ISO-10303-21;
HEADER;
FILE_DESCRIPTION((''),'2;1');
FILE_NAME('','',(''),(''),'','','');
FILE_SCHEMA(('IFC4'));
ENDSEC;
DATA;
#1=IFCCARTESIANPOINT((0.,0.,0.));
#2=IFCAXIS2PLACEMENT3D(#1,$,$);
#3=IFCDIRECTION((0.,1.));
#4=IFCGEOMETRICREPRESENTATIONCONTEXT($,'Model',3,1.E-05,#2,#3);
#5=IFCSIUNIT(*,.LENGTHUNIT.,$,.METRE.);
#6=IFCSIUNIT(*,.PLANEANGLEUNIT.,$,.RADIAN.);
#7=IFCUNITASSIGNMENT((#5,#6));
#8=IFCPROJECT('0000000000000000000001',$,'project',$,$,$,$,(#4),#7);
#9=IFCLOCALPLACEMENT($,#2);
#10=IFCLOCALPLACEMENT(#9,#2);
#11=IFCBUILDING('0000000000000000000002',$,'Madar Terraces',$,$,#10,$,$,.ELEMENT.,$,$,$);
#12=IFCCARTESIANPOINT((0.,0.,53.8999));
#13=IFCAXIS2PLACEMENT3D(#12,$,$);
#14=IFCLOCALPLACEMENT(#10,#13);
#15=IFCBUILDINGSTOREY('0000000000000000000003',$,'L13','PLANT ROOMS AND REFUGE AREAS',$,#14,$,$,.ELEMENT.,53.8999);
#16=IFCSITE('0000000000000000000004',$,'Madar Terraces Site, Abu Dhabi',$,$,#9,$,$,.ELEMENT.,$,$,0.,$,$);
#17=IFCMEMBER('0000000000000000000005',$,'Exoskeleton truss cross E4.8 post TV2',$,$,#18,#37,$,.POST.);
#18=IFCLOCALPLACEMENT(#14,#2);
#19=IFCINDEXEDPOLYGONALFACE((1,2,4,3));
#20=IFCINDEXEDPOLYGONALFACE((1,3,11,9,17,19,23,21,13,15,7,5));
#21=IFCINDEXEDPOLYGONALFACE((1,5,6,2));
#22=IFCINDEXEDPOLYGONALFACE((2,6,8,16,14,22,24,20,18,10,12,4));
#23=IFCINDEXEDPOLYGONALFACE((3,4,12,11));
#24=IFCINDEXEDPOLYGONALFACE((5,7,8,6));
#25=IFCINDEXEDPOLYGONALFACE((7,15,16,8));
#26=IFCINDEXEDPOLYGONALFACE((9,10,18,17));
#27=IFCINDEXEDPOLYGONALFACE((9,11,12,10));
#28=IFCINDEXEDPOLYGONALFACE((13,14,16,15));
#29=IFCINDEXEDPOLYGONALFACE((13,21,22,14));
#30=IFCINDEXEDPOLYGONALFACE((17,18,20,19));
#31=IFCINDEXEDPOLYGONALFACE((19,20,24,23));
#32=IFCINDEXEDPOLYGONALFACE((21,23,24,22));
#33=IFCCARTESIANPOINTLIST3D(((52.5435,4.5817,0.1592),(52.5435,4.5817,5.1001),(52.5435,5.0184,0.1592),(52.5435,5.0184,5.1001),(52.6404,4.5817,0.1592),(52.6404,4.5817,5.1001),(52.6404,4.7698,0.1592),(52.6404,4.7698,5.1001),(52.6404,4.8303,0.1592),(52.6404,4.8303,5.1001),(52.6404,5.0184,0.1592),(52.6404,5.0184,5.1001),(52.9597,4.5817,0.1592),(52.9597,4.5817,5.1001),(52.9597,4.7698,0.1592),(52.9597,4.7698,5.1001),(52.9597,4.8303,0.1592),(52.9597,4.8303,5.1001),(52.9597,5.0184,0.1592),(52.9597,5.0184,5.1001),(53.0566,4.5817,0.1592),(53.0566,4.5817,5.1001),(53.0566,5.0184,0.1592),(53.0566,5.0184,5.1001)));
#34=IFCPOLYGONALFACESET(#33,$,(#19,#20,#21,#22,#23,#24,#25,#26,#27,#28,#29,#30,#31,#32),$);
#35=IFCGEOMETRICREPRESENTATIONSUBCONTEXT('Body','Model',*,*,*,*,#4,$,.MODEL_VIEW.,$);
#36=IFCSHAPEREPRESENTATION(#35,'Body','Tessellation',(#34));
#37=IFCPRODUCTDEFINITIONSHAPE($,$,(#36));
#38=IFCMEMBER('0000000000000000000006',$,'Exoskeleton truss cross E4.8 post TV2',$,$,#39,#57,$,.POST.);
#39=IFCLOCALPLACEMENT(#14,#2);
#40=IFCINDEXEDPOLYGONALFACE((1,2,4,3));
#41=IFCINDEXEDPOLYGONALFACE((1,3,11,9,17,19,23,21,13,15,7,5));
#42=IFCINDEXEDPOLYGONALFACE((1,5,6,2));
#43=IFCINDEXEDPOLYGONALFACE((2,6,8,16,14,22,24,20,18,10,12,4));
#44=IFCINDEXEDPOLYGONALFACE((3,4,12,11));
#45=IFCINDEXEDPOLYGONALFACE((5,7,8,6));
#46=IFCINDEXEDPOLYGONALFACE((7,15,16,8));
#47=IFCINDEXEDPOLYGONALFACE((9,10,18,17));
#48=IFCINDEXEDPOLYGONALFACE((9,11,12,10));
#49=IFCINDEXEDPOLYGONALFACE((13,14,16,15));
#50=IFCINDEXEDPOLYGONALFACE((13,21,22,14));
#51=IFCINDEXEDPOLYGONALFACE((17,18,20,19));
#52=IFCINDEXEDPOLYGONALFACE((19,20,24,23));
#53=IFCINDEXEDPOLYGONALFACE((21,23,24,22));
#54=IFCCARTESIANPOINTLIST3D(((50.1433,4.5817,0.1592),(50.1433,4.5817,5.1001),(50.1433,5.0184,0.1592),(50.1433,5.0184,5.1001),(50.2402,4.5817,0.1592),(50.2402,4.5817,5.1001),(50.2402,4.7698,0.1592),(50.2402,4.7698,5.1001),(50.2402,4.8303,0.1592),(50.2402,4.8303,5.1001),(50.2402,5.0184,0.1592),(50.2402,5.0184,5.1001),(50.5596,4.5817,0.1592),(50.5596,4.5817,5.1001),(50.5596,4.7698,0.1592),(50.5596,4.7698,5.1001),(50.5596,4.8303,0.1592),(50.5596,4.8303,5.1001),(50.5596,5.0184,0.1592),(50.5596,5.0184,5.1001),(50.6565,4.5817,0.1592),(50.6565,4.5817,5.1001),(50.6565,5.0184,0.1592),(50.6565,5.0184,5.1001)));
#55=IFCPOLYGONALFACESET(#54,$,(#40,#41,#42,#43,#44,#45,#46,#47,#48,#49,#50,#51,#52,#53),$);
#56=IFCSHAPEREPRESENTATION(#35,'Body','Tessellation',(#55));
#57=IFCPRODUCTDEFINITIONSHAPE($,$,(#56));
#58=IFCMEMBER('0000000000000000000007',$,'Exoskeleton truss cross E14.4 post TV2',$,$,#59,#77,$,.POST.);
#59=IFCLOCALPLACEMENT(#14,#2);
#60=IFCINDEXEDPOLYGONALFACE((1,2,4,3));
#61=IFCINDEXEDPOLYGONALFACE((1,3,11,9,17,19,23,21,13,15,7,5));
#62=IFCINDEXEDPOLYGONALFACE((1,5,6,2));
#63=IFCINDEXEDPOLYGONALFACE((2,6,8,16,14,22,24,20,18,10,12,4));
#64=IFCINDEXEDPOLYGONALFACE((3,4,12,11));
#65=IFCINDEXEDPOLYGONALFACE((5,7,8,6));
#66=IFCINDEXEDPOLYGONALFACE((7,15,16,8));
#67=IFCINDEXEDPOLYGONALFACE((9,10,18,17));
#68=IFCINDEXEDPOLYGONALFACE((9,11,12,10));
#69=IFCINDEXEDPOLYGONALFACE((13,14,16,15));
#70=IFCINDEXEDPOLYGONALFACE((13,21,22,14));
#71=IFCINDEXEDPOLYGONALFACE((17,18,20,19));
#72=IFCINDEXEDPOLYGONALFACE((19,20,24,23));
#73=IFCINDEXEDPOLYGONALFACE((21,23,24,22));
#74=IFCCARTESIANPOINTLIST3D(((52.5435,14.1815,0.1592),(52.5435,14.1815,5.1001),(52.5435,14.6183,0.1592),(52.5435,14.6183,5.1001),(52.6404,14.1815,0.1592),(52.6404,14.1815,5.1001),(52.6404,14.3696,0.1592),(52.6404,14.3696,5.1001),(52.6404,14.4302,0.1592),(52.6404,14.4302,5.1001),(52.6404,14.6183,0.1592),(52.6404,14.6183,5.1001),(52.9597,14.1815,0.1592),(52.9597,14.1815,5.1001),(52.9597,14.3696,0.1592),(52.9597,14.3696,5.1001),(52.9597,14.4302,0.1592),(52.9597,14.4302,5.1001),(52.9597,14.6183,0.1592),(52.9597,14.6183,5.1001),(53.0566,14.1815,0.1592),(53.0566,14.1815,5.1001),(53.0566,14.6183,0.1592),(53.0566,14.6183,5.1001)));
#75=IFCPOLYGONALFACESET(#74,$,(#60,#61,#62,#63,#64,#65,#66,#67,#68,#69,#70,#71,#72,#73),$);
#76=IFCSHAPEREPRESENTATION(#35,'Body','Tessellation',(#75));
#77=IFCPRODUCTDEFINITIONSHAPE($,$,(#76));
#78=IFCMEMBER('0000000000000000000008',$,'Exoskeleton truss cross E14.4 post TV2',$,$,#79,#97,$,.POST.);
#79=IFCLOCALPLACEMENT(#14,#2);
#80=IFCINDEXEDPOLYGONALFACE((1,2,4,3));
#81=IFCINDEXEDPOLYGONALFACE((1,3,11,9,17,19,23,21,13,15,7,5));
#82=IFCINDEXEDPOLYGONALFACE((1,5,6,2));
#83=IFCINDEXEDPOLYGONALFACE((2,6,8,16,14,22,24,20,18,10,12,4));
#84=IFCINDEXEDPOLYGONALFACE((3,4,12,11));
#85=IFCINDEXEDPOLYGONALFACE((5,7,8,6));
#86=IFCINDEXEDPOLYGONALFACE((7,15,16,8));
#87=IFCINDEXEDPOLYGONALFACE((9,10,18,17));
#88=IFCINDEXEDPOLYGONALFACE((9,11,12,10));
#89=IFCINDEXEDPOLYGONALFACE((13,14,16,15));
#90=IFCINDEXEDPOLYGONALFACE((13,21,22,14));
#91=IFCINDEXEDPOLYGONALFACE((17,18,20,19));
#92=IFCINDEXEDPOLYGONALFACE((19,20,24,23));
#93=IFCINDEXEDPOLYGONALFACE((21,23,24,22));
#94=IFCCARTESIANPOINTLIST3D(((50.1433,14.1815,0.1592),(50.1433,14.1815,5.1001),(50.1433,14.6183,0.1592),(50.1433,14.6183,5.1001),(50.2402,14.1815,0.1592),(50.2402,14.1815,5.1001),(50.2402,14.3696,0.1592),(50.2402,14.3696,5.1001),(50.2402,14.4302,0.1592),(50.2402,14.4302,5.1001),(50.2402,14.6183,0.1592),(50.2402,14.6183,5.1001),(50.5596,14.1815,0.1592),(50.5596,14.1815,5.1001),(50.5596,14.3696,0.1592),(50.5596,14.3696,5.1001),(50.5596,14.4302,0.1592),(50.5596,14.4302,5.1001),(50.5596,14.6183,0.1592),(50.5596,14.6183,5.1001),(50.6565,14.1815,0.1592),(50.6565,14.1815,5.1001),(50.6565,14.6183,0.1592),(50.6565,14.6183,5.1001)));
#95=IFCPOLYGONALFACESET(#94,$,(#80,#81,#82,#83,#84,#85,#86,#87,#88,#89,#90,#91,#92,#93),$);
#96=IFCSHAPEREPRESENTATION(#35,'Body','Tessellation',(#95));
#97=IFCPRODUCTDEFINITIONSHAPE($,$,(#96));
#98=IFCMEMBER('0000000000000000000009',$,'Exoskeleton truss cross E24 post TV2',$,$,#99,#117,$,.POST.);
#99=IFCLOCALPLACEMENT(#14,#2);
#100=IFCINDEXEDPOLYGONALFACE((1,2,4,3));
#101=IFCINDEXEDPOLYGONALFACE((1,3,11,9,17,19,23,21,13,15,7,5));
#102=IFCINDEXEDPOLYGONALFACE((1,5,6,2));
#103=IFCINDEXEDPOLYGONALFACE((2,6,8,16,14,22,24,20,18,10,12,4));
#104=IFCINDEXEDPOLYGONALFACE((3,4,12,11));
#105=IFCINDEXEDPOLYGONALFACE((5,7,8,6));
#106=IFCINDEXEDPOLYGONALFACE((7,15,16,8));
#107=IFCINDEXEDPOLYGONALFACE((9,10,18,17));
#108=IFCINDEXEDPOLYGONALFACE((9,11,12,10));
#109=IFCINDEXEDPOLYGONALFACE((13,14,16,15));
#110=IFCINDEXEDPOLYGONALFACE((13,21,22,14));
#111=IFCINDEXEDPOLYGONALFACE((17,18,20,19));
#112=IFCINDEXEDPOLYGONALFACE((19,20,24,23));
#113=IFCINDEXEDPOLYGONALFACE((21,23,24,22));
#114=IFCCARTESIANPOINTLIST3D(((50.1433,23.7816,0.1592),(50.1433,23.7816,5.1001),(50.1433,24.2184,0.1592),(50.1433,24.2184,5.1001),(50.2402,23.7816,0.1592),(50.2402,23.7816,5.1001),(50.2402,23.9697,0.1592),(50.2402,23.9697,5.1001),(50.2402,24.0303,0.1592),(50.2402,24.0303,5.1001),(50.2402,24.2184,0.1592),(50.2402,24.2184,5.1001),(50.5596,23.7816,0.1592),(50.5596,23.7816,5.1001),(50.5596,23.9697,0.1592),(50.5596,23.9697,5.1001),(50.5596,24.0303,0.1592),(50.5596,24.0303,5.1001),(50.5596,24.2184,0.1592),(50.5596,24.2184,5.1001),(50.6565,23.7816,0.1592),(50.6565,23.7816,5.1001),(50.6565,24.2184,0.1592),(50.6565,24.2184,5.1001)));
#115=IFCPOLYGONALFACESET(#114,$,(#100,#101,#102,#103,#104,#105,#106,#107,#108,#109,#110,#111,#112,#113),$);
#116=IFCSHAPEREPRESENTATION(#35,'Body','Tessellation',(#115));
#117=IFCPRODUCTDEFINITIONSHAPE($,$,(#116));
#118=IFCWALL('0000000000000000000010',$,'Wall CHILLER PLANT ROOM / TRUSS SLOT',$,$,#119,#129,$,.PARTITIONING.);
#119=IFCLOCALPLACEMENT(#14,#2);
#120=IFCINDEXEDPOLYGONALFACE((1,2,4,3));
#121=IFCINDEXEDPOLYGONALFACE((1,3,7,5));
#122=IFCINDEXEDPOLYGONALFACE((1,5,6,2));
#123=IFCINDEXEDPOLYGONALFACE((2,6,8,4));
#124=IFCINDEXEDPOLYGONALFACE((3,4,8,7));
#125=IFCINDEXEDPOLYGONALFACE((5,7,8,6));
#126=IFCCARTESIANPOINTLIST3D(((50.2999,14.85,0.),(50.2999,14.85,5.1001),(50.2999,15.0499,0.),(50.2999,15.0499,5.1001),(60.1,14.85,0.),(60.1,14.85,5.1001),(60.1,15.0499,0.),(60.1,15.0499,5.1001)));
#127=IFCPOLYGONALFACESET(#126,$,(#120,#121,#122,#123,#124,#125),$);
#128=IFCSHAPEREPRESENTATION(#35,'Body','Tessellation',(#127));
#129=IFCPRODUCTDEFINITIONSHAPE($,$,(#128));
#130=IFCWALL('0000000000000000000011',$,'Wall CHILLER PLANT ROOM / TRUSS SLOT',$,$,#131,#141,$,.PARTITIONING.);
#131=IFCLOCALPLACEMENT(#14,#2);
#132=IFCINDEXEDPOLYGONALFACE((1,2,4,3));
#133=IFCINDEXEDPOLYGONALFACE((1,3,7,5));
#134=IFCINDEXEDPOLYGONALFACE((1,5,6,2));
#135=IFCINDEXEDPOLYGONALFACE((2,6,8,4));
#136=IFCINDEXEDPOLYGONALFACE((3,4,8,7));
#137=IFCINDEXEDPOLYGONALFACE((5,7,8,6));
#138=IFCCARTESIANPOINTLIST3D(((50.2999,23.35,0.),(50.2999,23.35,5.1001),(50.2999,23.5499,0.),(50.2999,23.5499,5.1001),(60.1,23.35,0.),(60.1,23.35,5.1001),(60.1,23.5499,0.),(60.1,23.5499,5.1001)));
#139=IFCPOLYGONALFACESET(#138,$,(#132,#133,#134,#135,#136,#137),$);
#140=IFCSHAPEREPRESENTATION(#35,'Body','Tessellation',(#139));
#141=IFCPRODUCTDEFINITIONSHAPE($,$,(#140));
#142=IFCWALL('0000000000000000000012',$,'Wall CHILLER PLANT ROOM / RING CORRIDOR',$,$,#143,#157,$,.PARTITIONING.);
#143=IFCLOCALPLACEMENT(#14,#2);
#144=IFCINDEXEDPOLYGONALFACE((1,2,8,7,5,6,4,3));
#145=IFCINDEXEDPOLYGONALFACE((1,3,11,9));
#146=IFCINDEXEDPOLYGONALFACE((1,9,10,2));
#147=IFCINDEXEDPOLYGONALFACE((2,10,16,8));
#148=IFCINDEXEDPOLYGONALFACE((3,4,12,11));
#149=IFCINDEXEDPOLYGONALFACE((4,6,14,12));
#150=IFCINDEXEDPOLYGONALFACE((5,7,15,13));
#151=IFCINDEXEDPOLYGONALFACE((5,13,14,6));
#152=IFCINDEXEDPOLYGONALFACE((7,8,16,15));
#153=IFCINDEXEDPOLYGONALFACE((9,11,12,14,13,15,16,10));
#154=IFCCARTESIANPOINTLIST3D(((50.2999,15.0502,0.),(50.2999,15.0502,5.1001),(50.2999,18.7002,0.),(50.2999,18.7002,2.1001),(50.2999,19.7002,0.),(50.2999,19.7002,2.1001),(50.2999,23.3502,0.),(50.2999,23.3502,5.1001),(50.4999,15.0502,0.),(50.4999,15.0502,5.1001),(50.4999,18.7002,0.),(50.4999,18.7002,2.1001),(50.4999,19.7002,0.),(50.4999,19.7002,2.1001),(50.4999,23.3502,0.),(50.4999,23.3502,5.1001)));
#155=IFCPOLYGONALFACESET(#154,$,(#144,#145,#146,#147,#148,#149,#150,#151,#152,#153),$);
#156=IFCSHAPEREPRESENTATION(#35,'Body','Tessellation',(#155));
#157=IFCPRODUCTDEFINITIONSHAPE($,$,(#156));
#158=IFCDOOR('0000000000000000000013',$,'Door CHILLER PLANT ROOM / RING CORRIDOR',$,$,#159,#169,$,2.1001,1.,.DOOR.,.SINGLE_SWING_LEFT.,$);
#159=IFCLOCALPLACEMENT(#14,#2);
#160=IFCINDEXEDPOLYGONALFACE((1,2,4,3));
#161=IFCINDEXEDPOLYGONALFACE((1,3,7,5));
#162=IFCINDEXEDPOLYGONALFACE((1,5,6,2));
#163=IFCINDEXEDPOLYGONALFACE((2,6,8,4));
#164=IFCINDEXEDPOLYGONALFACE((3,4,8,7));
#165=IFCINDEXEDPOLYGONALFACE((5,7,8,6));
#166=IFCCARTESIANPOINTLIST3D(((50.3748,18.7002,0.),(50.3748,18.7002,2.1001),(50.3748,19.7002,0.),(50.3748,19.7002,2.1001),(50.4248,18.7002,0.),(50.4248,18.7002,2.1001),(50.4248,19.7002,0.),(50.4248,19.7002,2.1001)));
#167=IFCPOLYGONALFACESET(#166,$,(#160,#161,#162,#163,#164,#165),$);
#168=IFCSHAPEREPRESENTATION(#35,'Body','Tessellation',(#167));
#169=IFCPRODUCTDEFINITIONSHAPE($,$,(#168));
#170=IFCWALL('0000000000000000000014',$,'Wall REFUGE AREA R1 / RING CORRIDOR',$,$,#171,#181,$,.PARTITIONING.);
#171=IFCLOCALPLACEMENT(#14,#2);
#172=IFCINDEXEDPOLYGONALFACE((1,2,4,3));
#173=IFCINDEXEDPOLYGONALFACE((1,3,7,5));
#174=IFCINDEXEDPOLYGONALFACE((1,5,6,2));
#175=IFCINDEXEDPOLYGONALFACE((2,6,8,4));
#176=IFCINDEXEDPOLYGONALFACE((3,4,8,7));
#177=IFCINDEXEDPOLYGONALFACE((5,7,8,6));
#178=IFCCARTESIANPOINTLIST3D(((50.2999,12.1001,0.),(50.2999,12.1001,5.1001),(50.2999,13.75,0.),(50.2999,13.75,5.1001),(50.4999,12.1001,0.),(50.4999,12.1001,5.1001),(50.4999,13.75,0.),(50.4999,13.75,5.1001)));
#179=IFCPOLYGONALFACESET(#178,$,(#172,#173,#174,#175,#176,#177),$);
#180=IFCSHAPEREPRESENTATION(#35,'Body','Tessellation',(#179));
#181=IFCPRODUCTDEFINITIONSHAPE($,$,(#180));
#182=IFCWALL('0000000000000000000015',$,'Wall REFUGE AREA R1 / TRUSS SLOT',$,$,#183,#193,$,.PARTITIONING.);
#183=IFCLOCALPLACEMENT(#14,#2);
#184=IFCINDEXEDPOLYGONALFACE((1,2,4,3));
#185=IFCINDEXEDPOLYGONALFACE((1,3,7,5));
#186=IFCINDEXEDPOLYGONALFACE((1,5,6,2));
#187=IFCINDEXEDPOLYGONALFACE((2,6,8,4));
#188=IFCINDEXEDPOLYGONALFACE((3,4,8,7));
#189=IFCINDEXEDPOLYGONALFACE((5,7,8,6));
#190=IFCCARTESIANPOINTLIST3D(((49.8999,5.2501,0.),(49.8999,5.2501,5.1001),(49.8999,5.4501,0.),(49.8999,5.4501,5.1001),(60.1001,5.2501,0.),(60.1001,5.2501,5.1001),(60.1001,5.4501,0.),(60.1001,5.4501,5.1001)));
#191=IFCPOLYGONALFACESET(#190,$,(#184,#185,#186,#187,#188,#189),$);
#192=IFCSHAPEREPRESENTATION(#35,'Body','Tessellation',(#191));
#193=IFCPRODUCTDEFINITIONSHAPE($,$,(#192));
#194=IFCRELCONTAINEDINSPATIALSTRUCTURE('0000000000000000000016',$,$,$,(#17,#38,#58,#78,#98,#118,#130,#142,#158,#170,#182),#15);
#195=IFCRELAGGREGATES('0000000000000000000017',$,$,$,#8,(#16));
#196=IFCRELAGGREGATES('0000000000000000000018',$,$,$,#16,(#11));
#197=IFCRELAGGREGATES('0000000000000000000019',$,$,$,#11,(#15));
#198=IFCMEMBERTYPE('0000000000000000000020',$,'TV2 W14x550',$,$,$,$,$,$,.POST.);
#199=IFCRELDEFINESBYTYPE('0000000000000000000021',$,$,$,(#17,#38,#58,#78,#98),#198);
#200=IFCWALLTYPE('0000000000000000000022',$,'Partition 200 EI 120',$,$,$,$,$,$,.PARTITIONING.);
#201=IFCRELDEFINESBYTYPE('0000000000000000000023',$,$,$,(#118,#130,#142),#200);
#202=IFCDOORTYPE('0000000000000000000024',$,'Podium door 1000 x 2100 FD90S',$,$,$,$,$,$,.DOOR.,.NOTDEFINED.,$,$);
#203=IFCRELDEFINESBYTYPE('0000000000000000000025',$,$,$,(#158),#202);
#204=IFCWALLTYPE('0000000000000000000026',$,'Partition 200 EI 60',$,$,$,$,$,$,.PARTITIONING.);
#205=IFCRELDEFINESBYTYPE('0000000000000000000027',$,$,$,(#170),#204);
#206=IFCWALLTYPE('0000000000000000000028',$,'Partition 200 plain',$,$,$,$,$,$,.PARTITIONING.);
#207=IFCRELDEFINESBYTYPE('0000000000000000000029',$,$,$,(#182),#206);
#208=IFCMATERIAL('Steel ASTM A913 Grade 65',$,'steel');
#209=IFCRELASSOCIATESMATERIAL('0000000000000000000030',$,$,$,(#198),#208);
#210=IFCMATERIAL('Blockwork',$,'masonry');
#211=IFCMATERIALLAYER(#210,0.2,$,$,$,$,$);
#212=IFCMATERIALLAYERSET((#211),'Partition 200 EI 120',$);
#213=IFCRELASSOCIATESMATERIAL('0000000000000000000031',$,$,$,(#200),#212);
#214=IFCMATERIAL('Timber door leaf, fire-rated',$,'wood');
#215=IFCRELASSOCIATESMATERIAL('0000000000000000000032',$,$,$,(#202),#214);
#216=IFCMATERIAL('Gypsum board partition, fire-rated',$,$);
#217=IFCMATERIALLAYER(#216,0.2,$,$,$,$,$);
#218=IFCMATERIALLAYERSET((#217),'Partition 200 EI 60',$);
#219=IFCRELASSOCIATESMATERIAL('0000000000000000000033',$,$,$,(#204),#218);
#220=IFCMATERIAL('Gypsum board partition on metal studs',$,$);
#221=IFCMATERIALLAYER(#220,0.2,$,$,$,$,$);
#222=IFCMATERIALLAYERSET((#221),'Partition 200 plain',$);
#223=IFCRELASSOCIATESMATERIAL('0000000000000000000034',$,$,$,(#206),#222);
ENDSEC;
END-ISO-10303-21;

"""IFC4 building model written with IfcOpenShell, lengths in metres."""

from ifc_helpers import new_model, si_unit, direction, frame, frame_2d, origin, origin_2d, place, context, subcontext, project, spatial, rectangle, i_section, extrude, material, layer, layer_set, material_profile, profile_set, type_object, element, fill, save


model = new_model("IFC4")

# Units and contexts
model_context = context("Model", 3, precision=1e-05, world=origin(), true_north=direction((0.0, 1.0)))
body_context = subcontext(model_context, "Body", "Model", "MODEL_VIEW")
ifc_project = project(units=[si_unit("LENGTHUNIT", "METRE"), si_unit("PLANEANGLEUNIT", "RADIAN")], contexts=[model_context])

# Site, building, storey
site_placement = place(None, origin())
site = spatial("IfcSite", under=ifc_project, at=site_placement, Name="Madar Terraces Site, Abu Dhabi", CompositionType="ELEMENT", RefElevation=0.0)
building_placement = place(site_placement, origin())
building = spatial("IfcBuilding", under=site, at=building_placement, Name="Madar Terraces", CompositionType="ELEMENT")
storey_placement = place(building_placement, frame((0.0, 0.0, 53.8999)))
storey = spatial("IfcBuildingStorey", under=building, at=storey_placement, Name="L13", Description="PLANT ROOMS AND REFUGE AREAS", CompositionType="ELEMENT", Elevation=53.8999)

# Members
ifc_material_1 = material(Name="Steel ASTM A913 Grade 65", Category="steel")
ifc_material_profile_1 = material_profile(ifc_material_1, i_section(OverallWidth=0.4368, OverallDepth=0.5132, WebThickness=0.0605, FlangeThickness=0.0969, at=origin_2d()), Name="W14x550")
ifc_profile_set_1 = profile_set([ifc_material_profile_1], Name="Steel ASTM A913 Grade 65")
member_type_1 = type_object("IfcMemberType", Name="TV2 W14x550", PredefinedType="POST", material=ifc_profile_set_1)
for number, where, z_axis, x_axis, name in (
    (1, (52.8, 4.8, 0.1592), (0.0, 0.0, 1.0), (0.0, 1.0, 0.0), "Exoskeleton truss cross E4.8 post TV2"),
    (2, (50.3999, 4.8, 0.1592), (0.0, 0.0, 1.0), (0.0, 1.0, 0.0), "Exoskeleton truss cross E4.8 post TV2"),
    (3, (52.8, 14.3999, 0.1592), (0.0, 0.0, 1.0), (0.0, 1.0, 0.0), "Exoskeleton truss cross E14.4 post TV2"),
    (4, (50.3999, 14.3999, 0.1592), (0.0, 0.0, 1.0), (0.0, 1.0, 0.0), "Exoskeleton truss cross E14.4 post TV2"),
    (5, (50.3999, 24.0, 0.1592), (0.0, 0.0, 1.0), (0.0, 1.0, 0.0), "Exoskeleton truss cross E24 post TV2"),
):
    element("IfcMember", number, at=place(storey_placement, frame(where, z_axis=z_axis, x_axis=x_axis)), inside=storey, type_object=member_type_1, Name=name, PredefinedType="POST", context=body_context, shape_type="SweptSolid", body=[
        extrude(i_section(OverallWidth=0.4368, OverallDepth=0.5132, WebThickness=0.0605, FlangeThickness=0.0969, at=origin_2d()), origin(), (0.0, 0.0, 1.0), 4.9409),
    ])

# Walls
ifc_material_2 = material(Name="Blockwork", Category="masonry")
ifc_layer_1 = layer(ifc_material_2, 0.2)
ifc_layer_set_1 = layer_set([ifc_layer_1], Name="Partition 200 EI 120")
wall_type_1 = type_object("IfcWallType", Name="Partition 200 EI 120", PredefinedType="PARTITIONING", material=ifc_layer_set_1)
for number, where, z_axis, x_axis, name in (
    (6, (50.3, 14.95, 0.0), (0.0, 0.0, 1.0), (1.0, 0.0, 0.0), "Wall CHILLER PLANT ROOM / TRUSS SLOT"),
    (7, (50.3, 23.45, 0.0), (0.0, 0.0, 1.0), (1.0, 0.0, 0.0), "Wall CHILLER PLANT ROOM / TRUSS SLOT"),
):
    element("IfcWall", number, at=place(storey_placement, frame(where, z_axis=z_axis, x_axis=x_axis)), inside=storey, type_object=wall_type_1, Name=name, PredefinedType="PARTITIONING", context=body_context, shape_type="SweptSolid", body=[
        extrude(rectangle(XDim=9.8, YDim=0.2, at=frame_2d((4.8999, 0.0))), origin(), (0.0, 0.0, 1.0), 5.1001),
    ])

# Wall, opening, door
wall_1_placement = place(storey_placement, frame((50.3999, 23.3501, 0.0), z_axis=(0.0, 0.0, 1.0), x_axis=(0.0, -1.0, 0.0)))
wall_1 = element("IfcWall", 8, at=wall_1_placement, inside=storey, type_object=wall_type_1, Name="Wall CHILLER PLANT ROOM / RING CORRIDOR", PredefinedType="PARTITIONING", context=body_context, shape_type="SweptSolid", body=[
    extrude(rectangle(XDim=8.3, YDim=0.2, at=frame_2d((4.1499, 0.0))), origin(), (0.0, 0.0, 1.0), 5.1001),
])
opening_placement = place(wall_1_placement, frame((3.6499, 0.0, 0.0)))
opening = element("IfcOpeningElement", 9, at=opening_placement, cuts=wall_1, PredefinedType="OPENING", context=body_context, shape_type="SweptSolid", body=[
    extrude(rectangle(XDim=1.0, YDim=2.1001, at=frame_2d((0.5, 1.05))), frame((0.0, 0.1099, 0.0), z_axis=(0.0, -1.0, 0.0), x_axis=(1.0, 0.0, 0.0)), (0.0, 0.0, 1.0), 0.22),
])
ifc_material_3 = material(Name="Timber door leaf, fire-rated", Category="wood")
door_type = type_object("IfcDoorType", Name="Podium door 1000 x 2100 FD90S", OperationType="NOTDEFINED", PredefinedType="DOOR", material=ifc_material_3)
door_placement = place(opening_placement, origin())
door = element("IfcDoor", 10, at=door_placement, inside=storey, type_object=door_type, Name="Door CHILLER PLANT ROOM / RING CORRIDOR", OperationType="SINGLE_SWING_LEFT", OverallHeight=2.1001, OverallWidth=1.0, PredefinedType="DOOR", context=body_context, shape_type="SweptSolid", body=[
    extrude(rectangle(XDim=1.0, YDim=2.1001, at=frame_2d((0.5, 1.05))), frame((0.0, 0.0249, 0.0), z_axis=(0.0, -1.0, 0.0), x_axis=(1.0, 0.0, 0.0)), (0.0, 0.0, 1.0), 0.05),
])
fill(opening, door)

# Walls
ifc_material_4 = material(Name="Gypsum board partition, fire-rated")
ifc_layer_2 = layer(ifc_material_4, 0.2)
ifc_layer_set_2 = layer_set([ifc_layer_2], Name="Partition 200 EI 60")
wall_type_2 = type_object("IfcWallType", Name="Partition 200 EI 60", PredefinedType="PARTITIONING", material=ifc_layer_set_2)
wall_2_placement = place(storey_placement, frame((50.3999, 12.1001, 0.0), z_axis=(0.0, 0.0, 1.0), x_axis=(0.0, 1.0, 0.0)))
element("IfcWall", 11, at=wall_2_placement, inside=storey, type_object=wall_type_2, Name="Wall REFUGE AREA R1 / RING CORRIDOR", PredefinedType="PARTITIONING", context=body_context, shape_type="SweptSolid", body=[
    extrude(rectangle(XDim=1.6499, YDim=0.2, at=frame_2d((0.825, 0.0))), origin(), (0.0, 0.0, 1.0), 5.1001),
])
ifc_material_5 = material(Name="Gypsum board partition on metal studs")
ifc_layer_3 = layer(ifc_material_5, 0.2)
ifc_layer_set_3 = layer_set([ifc_layer_3], Name="Partition 200 plain")
wall_type_3 = type_object("IfcWallType", Name="Partition 200 plain", PredefinedType="PARTITIONING", material=ifc_layer_set_3)
wall_3_placement = place(storey_placement, frame((49.8999, 5.3501, 0.0), z_axis=(0.0, 0.0, 1.0), x_axis=(1.0, 0.0, 0.0)))
element("IfcWall", 12, at=wall_3_placement, inside=storey, type_object=wall_type_3, Name="Wall REFUGE AREA R1 / TRUSS SLOT", PredefinedType="PARTITIONING", context=body_context, shape_type="SweptSolid", body=[
    extrude(rectangle(XDim=10.2002, YDim=0.2, at=frame_2d((5.1001, 0.0))), origin(), (0.0, 0.0, 1.0), 5.1001),
])

save(model, "model.ifc")
